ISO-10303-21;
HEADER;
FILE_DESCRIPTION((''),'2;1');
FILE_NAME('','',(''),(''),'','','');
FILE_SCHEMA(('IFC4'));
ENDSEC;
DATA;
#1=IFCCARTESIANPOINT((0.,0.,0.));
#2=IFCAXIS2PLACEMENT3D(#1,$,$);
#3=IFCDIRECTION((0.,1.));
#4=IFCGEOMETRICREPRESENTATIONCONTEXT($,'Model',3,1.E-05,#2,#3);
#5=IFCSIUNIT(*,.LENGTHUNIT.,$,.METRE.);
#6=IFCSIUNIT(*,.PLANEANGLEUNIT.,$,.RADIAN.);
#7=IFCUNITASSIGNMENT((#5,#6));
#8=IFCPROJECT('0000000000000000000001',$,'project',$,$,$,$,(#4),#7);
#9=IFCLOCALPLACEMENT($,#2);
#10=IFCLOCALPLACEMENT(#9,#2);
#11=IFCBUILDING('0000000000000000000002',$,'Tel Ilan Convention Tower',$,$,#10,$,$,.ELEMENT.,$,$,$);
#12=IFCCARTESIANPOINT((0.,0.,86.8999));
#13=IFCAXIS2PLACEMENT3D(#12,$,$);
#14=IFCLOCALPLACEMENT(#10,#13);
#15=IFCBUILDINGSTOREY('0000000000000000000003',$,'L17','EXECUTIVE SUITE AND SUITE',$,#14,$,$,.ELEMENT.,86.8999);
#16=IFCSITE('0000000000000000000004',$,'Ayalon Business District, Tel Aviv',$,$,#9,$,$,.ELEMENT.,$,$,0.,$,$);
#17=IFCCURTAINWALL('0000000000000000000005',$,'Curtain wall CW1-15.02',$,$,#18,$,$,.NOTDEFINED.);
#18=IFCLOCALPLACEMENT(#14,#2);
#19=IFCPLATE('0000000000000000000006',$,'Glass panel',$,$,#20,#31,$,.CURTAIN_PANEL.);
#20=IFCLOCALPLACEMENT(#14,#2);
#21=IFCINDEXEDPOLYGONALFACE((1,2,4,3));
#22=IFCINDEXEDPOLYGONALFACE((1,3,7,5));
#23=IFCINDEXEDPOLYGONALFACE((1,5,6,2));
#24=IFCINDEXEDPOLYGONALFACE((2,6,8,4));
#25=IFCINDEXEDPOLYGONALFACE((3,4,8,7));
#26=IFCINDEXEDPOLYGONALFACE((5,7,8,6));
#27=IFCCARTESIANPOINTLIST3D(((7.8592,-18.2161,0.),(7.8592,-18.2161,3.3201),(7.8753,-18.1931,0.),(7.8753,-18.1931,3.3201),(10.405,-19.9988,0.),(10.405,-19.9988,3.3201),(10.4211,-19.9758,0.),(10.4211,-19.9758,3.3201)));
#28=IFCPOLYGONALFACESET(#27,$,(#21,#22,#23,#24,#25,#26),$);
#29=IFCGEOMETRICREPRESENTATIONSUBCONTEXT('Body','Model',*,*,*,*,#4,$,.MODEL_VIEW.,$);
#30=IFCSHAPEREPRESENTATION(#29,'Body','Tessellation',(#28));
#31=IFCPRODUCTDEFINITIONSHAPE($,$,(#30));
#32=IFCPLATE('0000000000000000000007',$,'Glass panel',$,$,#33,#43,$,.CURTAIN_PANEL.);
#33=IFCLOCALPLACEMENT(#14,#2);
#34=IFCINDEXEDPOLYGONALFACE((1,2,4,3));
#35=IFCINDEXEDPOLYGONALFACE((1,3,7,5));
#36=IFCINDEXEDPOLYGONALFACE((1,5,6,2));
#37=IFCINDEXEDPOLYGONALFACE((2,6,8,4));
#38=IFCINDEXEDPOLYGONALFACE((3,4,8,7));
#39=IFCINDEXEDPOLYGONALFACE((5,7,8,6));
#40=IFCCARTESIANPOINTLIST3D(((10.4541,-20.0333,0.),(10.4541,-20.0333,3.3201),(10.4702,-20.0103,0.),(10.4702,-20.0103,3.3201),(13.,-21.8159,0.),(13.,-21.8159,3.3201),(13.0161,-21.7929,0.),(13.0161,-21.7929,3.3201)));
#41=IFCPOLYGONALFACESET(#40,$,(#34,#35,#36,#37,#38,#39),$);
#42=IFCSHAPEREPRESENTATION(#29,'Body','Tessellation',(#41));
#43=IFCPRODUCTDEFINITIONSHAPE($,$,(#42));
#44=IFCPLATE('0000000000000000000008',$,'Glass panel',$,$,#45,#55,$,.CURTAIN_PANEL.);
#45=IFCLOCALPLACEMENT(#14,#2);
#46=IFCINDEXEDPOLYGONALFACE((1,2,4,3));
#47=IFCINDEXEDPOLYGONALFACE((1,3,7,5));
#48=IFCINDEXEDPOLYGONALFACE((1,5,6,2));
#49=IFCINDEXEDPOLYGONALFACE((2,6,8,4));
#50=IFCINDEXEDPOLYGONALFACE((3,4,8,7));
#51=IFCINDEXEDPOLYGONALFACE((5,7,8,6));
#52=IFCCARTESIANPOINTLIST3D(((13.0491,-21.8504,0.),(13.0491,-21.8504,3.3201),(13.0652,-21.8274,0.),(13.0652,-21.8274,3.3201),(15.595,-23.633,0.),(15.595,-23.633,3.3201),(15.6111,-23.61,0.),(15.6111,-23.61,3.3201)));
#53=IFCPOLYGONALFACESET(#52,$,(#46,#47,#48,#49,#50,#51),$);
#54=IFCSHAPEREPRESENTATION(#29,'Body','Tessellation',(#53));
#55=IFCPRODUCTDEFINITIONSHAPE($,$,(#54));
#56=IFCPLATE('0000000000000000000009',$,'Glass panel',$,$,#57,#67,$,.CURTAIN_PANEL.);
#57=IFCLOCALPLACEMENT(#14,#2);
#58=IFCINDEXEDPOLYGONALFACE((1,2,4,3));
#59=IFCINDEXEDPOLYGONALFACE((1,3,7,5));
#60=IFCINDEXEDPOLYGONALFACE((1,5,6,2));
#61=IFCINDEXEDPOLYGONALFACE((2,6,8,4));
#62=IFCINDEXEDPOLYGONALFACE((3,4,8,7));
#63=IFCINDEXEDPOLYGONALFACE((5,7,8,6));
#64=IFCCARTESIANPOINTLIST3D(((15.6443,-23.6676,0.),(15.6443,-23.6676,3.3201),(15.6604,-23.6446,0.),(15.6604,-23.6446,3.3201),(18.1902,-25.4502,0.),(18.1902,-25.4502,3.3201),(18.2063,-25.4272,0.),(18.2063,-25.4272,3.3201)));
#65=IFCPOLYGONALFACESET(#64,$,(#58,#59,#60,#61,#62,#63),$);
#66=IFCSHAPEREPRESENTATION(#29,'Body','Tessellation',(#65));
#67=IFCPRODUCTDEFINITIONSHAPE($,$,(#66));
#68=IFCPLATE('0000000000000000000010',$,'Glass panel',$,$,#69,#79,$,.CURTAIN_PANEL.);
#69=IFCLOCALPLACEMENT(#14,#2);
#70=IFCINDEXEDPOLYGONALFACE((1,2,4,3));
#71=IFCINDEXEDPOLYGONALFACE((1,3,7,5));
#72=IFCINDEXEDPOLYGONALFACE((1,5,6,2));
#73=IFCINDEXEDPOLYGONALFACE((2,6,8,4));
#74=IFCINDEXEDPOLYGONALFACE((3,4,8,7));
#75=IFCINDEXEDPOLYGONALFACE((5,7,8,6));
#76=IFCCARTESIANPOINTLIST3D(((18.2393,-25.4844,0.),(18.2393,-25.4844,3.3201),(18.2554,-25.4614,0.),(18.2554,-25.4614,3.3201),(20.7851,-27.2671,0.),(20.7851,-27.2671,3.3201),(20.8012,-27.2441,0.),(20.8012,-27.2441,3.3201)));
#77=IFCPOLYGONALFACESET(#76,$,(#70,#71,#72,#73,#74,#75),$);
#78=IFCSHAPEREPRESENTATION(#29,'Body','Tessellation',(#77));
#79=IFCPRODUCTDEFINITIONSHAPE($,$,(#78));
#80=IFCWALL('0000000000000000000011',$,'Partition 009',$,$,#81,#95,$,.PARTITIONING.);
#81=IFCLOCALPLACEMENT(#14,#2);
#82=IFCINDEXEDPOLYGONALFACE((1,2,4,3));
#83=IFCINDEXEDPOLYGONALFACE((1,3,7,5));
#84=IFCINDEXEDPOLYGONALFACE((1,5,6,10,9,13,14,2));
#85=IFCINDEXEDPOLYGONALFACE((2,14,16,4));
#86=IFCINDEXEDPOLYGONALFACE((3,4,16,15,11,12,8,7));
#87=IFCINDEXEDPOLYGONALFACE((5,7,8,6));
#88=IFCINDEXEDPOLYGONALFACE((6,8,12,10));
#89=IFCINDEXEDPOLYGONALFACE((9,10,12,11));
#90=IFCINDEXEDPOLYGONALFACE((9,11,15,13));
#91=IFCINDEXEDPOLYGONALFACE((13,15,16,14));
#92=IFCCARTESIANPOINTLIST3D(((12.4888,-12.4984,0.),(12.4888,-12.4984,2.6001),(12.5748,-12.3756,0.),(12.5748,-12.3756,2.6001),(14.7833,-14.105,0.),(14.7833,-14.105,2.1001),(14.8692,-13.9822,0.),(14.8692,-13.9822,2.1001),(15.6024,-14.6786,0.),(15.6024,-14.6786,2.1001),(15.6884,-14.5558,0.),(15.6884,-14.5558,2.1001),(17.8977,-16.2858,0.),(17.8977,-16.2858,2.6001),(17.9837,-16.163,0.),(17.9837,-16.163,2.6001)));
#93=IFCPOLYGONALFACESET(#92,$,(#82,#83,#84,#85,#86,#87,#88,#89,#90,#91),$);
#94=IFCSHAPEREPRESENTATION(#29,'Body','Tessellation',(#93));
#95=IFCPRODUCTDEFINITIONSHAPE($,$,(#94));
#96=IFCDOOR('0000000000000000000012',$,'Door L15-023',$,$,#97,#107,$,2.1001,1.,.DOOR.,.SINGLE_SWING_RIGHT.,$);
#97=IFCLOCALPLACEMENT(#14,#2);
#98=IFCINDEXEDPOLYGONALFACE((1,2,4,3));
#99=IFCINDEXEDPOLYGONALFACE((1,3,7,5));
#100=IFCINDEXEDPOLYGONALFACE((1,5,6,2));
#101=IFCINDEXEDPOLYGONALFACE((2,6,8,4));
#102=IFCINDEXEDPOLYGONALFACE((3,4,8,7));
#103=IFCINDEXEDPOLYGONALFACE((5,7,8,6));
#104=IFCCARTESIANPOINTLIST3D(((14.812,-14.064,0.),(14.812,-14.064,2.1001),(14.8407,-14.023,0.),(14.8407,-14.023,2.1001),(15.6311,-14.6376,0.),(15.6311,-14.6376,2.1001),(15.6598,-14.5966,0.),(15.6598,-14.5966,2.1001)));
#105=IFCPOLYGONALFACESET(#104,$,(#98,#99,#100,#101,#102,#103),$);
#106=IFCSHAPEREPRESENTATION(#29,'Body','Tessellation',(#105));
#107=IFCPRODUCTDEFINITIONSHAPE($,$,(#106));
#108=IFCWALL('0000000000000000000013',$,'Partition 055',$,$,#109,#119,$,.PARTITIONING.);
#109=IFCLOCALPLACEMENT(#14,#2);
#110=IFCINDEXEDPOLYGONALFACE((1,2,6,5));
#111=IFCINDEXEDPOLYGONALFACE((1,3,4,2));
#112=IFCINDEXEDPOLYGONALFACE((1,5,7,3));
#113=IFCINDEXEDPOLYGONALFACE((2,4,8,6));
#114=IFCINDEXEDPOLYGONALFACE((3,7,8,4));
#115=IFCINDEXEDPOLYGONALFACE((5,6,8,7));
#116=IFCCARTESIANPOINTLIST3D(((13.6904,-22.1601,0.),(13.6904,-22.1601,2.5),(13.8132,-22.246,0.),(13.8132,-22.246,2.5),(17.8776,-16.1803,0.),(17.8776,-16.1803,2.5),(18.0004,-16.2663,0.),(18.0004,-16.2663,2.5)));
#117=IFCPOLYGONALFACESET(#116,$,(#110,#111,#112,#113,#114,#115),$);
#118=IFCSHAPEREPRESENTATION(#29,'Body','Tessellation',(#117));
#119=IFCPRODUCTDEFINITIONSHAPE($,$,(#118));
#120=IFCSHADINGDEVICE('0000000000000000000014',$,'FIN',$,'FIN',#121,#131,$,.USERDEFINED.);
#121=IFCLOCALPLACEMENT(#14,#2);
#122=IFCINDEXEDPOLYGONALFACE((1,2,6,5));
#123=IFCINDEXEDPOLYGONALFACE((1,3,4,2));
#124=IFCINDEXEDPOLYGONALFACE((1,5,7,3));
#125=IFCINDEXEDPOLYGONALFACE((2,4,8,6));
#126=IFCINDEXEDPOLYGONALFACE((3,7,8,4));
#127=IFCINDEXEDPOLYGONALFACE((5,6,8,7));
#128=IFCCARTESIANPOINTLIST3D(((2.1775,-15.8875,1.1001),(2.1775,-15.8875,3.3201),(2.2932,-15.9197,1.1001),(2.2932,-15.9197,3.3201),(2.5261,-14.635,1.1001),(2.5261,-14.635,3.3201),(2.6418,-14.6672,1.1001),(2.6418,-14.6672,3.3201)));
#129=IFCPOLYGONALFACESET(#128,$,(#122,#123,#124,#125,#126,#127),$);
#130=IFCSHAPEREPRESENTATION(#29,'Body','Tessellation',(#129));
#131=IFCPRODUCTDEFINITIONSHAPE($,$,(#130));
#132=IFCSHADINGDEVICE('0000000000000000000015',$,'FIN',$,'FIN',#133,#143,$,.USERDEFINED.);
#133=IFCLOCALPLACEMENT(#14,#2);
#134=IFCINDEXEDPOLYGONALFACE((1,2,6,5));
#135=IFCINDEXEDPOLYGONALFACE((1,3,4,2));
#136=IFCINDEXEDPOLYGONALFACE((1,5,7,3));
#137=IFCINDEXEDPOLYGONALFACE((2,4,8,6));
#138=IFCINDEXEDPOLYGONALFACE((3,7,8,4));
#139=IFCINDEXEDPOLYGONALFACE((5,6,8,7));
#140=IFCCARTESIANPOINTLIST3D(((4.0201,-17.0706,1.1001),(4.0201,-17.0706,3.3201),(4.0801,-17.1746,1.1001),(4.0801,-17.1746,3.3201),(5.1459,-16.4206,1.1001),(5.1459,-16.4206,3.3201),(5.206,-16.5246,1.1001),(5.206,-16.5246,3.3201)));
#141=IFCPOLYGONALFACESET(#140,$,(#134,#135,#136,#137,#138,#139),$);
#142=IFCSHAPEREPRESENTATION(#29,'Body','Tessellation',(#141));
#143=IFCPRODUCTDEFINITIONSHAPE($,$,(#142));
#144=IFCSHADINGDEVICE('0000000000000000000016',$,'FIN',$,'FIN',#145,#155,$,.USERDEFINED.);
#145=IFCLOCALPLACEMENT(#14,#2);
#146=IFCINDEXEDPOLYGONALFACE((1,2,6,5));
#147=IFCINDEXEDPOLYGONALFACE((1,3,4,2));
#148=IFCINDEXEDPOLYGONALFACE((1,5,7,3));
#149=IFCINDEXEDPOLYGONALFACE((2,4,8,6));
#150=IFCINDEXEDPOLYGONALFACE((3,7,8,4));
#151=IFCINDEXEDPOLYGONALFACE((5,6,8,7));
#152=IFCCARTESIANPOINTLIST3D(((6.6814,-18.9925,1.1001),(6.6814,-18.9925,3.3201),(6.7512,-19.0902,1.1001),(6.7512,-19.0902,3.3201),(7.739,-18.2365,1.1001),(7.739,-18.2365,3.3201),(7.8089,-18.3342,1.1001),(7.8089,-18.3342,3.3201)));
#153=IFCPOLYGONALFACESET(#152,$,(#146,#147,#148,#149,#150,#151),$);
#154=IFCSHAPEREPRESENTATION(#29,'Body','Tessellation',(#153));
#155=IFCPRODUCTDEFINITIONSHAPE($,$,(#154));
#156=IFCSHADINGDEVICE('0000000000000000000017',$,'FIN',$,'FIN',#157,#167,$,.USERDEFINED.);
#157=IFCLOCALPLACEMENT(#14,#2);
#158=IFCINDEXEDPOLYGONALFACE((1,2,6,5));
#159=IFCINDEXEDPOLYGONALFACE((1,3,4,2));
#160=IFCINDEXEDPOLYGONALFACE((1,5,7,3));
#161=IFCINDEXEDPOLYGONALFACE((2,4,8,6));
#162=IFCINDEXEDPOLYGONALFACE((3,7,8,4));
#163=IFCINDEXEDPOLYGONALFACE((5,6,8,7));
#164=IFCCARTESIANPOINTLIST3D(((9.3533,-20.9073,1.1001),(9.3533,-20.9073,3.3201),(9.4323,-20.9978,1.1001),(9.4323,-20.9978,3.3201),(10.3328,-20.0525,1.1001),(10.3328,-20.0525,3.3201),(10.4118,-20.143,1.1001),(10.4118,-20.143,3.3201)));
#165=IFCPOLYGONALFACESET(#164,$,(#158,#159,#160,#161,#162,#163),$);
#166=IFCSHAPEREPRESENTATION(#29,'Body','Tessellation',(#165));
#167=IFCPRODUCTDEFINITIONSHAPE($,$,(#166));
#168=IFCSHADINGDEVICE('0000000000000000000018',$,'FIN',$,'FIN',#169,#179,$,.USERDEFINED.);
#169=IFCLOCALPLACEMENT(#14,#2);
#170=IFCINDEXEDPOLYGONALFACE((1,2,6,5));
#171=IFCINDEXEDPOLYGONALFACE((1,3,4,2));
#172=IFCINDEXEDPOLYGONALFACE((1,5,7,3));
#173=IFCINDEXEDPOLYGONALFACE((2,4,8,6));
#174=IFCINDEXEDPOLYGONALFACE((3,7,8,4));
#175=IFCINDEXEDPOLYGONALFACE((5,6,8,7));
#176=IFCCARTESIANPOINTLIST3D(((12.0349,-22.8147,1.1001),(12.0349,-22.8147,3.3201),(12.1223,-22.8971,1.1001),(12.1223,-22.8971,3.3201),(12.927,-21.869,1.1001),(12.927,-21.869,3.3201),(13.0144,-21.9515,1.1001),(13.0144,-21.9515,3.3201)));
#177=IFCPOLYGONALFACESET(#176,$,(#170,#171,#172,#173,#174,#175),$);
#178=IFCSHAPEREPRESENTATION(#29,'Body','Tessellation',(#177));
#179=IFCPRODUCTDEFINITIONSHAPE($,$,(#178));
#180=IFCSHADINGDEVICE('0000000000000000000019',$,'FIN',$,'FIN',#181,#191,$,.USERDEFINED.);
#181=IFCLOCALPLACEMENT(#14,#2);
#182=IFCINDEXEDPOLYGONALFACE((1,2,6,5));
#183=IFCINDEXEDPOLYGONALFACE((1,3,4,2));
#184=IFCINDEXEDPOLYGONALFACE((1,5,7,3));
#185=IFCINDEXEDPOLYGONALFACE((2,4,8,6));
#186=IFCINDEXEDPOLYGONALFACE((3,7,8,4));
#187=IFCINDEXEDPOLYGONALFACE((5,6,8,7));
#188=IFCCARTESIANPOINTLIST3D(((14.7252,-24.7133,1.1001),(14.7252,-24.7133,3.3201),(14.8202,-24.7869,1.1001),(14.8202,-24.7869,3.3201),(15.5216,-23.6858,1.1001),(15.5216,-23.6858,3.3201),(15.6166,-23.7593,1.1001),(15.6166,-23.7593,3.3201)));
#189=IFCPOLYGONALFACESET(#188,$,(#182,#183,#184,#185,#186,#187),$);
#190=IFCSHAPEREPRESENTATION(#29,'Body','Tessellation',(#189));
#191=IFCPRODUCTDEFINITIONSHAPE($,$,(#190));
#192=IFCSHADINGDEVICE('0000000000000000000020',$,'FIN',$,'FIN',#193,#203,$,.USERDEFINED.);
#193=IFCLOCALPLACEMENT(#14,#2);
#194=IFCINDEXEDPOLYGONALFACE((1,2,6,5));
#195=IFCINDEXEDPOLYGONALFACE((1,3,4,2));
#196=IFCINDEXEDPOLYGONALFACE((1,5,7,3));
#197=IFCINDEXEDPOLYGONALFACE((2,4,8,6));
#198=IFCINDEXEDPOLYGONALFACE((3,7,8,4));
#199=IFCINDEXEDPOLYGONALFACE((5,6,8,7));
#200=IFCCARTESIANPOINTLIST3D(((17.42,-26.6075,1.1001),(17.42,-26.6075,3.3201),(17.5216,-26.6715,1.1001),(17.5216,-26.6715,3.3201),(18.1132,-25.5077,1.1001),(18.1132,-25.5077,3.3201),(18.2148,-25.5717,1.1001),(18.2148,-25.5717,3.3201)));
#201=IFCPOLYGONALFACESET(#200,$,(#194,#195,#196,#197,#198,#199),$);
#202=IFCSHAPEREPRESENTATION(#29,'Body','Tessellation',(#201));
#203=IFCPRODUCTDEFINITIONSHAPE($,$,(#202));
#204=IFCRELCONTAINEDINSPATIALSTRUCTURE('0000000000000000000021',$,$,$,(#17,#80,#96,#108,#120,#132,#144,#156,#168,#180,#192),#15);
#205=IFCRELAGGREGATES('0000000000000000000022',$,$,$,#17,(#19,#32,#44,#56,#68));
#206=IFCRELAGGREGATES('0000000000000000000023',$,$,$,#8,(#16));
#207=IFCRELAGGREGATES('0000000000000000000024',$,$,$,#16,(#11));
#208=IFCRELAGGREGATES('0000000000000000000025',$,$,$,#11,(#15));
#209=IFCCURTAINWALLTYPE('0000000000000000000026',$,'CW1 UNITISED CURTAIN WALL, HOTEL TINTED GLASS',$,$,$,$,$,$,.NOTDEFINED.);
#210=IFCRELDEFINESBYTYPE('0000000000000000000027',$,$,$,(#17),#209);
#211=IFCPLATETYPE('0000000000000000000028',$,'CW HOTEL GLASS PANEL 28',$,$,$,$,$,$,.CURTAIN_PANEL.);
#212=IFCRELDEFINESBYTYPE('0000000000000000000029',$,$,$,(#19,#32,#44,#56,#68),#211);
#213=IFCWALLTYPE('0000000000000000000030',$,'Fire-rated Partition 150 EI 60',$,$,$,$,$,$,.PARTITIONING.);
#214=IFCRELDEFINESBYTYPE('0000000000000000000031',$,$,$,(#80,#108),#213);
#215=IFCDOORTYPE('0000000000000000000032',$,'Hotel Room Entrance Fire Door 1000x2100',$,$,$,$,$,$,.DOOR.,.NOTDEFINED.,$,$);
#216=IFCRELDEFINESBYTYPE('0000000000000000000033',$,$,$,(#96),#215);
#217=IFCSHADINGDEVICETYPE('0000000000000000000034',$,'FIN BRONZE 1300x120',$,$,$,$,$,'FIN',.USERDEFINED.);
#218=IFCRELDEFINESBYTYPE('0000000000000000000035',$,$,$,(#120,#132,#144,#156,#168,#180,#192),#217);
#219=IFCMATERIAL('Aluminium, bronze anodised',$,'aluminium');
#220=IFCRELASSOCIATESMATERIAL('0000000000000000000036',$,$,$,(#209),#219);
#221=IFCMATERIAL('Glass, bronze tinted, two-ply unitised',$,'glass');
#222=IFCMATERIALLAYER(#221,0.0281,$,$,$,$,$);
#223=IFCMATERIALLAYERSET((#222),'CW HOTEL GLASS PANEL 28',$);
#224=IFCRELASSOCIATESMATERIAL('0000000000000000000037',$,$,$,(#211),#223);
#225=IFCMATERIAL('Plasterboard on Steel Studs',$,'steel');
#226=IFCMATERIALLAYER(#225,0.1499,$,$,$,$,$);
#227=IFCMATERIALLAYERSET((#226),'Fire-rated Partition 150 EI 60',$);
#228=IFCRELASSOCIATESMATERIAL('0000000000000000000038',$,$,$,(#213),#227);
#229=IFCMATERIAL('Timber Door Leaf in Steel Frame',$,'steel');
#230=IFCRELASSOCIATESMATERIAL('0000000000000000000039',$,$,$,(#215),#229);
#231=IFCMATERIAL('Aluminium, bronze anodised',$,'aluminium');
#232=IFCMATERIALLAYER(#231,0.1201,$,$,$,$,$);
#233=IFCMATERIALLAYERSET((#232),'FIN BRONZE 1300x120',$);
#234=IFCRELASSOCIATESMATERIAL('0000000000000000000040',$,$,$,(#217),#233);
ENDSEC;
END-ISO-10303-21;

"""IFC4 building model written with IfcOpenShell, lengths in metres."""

from ifc_helpers import new_model, si_unit, direction, frame, frame_2d, origin, origin_2d, place, context, subcontext, project, spatial, rectangle, extrude, material, layer, layer_set, type_object, element, fill, aggregate, save


model = new_model("IFC4")

# Units and contexts
model_context = context("Model", 3, precision=1e-05, world=origin(), true_north=direction((0.0, 1.0)))
body_context = subcontext(model_context, "Body", "Model", "MODEL_VIEW")
ifc_project = project(units=[si_unit("LENGTHUNIT", "METRE"), si_unit("PLANEANGLEUNIT", "RADIAN")], contexts=[model_context])

# Site, building, storey
site_placement = place(None, origin())
site = spatial("IfcSite", under=ifc_project, at=site_placement, Name="Ayalon Business District, Tel Aviv", CompositionType="ELEMENT", RefElevation=0.0)
building_placement = place(site_placement, origin())
building = spatial("IfcBuilding", under=site, at=building_placement, Name="Tel Ilan Convention Tower", CompositionType="ELEMENT")
storey_placement = place(building_placement, frame((0.0, 0.0, 86.8999)))
storey = spatial("IfcBuildingStorey", under=building, at=storey_placement, Name="L17", Description="EXECUTIVE SUITE AND SUITE", CompositionType="ELEMENT", Elevation=86.8999)

# Curtain wall, plates
ifc_material_1 = material(Name="Aluminium, bronze anodised", Category="aluminium")
curtain_wall_type = type_object("IfcCurtainWallType", Name="CW1 UNITISED CURTAIN WALL, HOTEL TINTED GLASS", PredefinedType="NOTDEFINED", material=ifc_material_1)
curtain_wall_placement = place(storey_placement, origin())
curtain_wall = element("IfcCurtainWall", 1, at=curtain_wall_placement, inside=storey, type_object=curtain_wall_type, Name="Curtain wall CW1-15.02", PredefinedType="NOTDEFINED")
ifc_material_2 = material(Name="Glass, bronze tinted, two-ply unitised", Category="glass")
ifc_layer_1 = layer(ifc_material_2, 0.0281)
ifc_layer_set_1 = layer_set([ifc_layer_1], Name="CW HOTEL GLASS PANEL 28")
plate_type = type_object("IfcPlateType", Name="CW HOTEL GLASS PANEL 28", PredefinedType="CURTAIN_PANEL", material=ifc_layer_set_1)
plate_1_placement = place(storey_placement, frame((9.1401, -19.0959, 0.0), z_axis=(0.0, 0.0, 1.0), x_axis=(0.819152, -0.573576, 0.0)))
plate_1 = element("IfcPlate", 2, at=plate_1_placement, type_object=plate_type, Name="Glass panel", PredefinedType="CURTAIN_PANEL", context=body_context, shape_type="SweptSolid", body=[
    extrude(rectangle(XDim=3.1079, YDim=0.0281, at=origin_2d()), origin(), (0.0, 0.0, 1.0), 3.3201),
])
plate_2_placement = place(storey_placement, frame((11.7351, -20.9131, 0.0), z_axis=(0.0, 0.0, 1.0), x_axis=(0.819152, -0.573576, 0.0)))
plate_2 = element("IfcPlate", 3, at=plate_2_placement, type_object=plate_type, Name="Glass panel", PredefinedType="CURTAIN_PANEL", context=body_context, shape_type="SweptSolid", body=[
    extrude(rectangle(XDim=3.1079, YDim=0.0281, at=origin_2d()), origin(), (0.0, 0.0, 1.0), 3.3201),
])
plate_3_placement = place(storey_placement, frame((14.3301, -22.7302, 0.0), z_axis=(0.0, 0.0, 1.0), x_axis=(0.819152, -0.573576, 0.0)))
plate_3 = element("IfcPlate", 4, at=plate_3_placement, type_object=plate_type, Name="Glass panel", PredefinedType="CURTAIN_PANEL", context=body_context, shape_type="SweptSolid", body=[
    extrude(rectangle(XDim=3.1079, YDim=0.0281, at=origin_2d()), origin(), (0.0, 0.0, 1.0), 3.3201),
])
plate_4_placement = place(storey_placement, frame((16.9253, -24.5474, 0.0), z_axis=(0.0, 0.0, 1.0), x_axis=(0.819152, -0.573576, 0.0)))
plate_4 = element("IfcPlate", 5, at=plate_4_placement, type_object=plate_type, Name="Glass panel", PredefinedType="CURTAIN_PANEL", context=body_context, shape_type="SweptSolid", body=[
    extrude(rectangle(XDim=3.1079, YDim=0.0281, at=origin_2d()), origin(), (0.0, 0.0, 1.0), 3.3201),
])
plate_5_placement = place(storey_placement, frame((19.5203, -26.3643, 0.0), z_axis=(0.0, 0.0, 1.0), x_axis=(0.819152, -0.573576, 0.0)))
plate_5 = element("IfcPlate", 6, at=plate_5_placement, type_object=plate_type, Name="Glass panel", PredefinedType="CURTAIN_PANEL", context=body_context, shape_type="SweptSolid", body=[
    extrude(rectangle(XDim=3.1079, YDim=0.0281, at=origin_2d()), origin(), (0.0, 0.0, 1.0), 3.3201),
])
aggregate(curtain_wall, [plate_1, plate_2, plate_3, plate_4, plate_5])

# Wall, opening, door
ifc_material_3 = material(Name="Plasterboard on Steel Studs", Category="steel")
ifc_layer_2 = layer(ifc_material_3, 0.1499)
ifc_layer_set_2 = layer_set([ifc_layer_2], Name="Fire-rated Partition 150 EI 60")
wall_type = type_object("IfcWallType", Name="Fire-rated Partition 150 EI 60", PredefinedType="PARTITIONING", material=ifc_layer_set_2)
wall_1_placement = place(storey_placement, frame((17.9407, -16.2244, 0.0), z_axis=(0.0, 0.0, 1.0), x_axis=(-0.819154, 0.573574, 0.0)))
wall_1 = element("IfcWall", 7, at=wall_1_placement, inside=storey, type_object=wall_type, Name="Partition 009", PredefinedType="PARTITIONING", context=body_context, shape_type="SweptSolid", body=[
    extrude(rectangle(XDim=6.603, YDim=0.1499, at=frame_2d((3.3015, 0.0))), origin(), (0.0, 0.0, 1.0), 2.6001),
])
opening_placement = place(wall_1_placement, frame((2.802, 0.0, 0.0)))
opening = element("IfcOpeningElement", 8, at=opening_placement, cuts=wall_1, PredefinedType="OPENING", context=body_context, shape_type="SweptSolid", body=[
    extrude(rectangle(XDim=1.0, YDim=2.1001, at=frame_2d((0.5, 1.05))), frame((0.0, 0.085, 0.0), z_axis=(0.0, -1.0, 0.0), x_axis=(1.0, 0.0, 0.0)), (0.0, 0.0, 1.0), 0.1699),
])
ifc_material_4 = material(Name="Timber Door Leaf in Steel Frame", Category="steel")
door_type = type_object("IfcDoorType", Name="Hotel Room Entrance Fire Door 1000x2100", OperationType="NOTDEFINED", PredefinedType="DOOR", material=ifc_material_4)
door_placement = place(opening_placement, origin())
door = element("IfcDoor", 9, at=door_placement, inside=storey, type_object=door_type, Name="Door L15-023", OperationType="SINGLE_SWING_RIGHT", OverallHeight=2.1001, OverallWidth=1.0, PredefinedType="DOOR", context=body_context, shape_type="SweptSolid", body=[
    extrude(rectangle(XDim=1.0, YDim=2.1001, at=frame_2d((0.5, 1.05))), frame((0.0, 0.0249, 0.0), z_axis=(0.0, -1.0, 0.0), x_axis=(1.0, 0.0, 0.0)), (0.0, 0.0, 1.0), 0.05),
])
fill(opening, door)

# Wall
wall_2_placement = place(storey_placement, frame((17.939, -16.2234, 0.0), z_axis=(0.0, 0.0, 1.0), x_axis=(-0.573595, -0.819139, 0.0)))
element("IfcWall", 10, at=wall_2_placement, inside=storey, type_object=wall_type, Name="Partition 055", PredefinedType="PARTITIONING", context=body_context, shape_type="SweptSolid", body=[
    extrude(rectangle(XDim=7.3, YDim=0.1499, at=frame_2d((3.6499, 0.0))), origin(), (0.0, 0.0, 1.0), 2.5),
])

# Shading devices
ifc_material_5 = material(Name="Aluminium, bronze anodised", Category="aluminium")
ifc_layer_3 = layer(ifc_material_5, 0.1201)
ifc_layer_set_3 = layer_set([ifc_layer_3], Name="FIN BRONZE 1300x120")
shading_device_type = type_object("IfcShadingDeviceType", Name="FIN BRONZE 1300x120", ElementType="FIN", PredefinedType="USERDEFINED", material=ifc_layer_set_3)
for number, where, z_axis, x_axis, name in (
    (11, (2.4097, -15.2773, 1.1001), (0.0, 0.0, 1.0), (-0.268173, -0.963371, 0.0), "FIN"),
    (12, (4.613, -16.7976, 1.1001), (0.0, 0.0, 1.0), (-0.866025, -0.5, 0.0), "FIN"),
    (13, (7.2451, -18.6633, 1.1001), (0.0, 0.0, 1.0), (-0.813552, -0.581492, 0.0), "FIN"),
    (14, (9.8826, -20.5251, 1.1001), (0.0, 0.0, 1.0), (-0.753436, -0.657521, 0.0), "FIN"),
    (15, (12.5247, -22.3831, 1.1001), (0.0, 0.0, 1.0), (-0.686242, -0.727374, 0.0), "FIN"),
    (16, (15.1709, -24.2363, 1.1001), (0.0, 0.0, 1.0), (-0.612601, -0.790393, 0.0), "FIN"),
    (17, (17.8174, -26.0896, 1.1001), (0.0, 0.0, 1.0), (-0.533204, -0.845986, 0.0), "FIN"),
):
    element("IfcShadingDevice", number, at=place(storey_placement, frame(where, z_axis=z_axis, x_axis=x_axis)), inside=storey, type_object=shading_device_type, Name=name, ObjectType="FIN", PredefinedType="USERDEFINED", context=body_context, shape_type="SweptSolid", body=[
        extrude(rectangle(XDim=1.3, YDim=0.1201, at=origin_2d()), origin(), (0.0, 0.0, 1.0), 2.22),
    ])

save(model, "model.ifc")
